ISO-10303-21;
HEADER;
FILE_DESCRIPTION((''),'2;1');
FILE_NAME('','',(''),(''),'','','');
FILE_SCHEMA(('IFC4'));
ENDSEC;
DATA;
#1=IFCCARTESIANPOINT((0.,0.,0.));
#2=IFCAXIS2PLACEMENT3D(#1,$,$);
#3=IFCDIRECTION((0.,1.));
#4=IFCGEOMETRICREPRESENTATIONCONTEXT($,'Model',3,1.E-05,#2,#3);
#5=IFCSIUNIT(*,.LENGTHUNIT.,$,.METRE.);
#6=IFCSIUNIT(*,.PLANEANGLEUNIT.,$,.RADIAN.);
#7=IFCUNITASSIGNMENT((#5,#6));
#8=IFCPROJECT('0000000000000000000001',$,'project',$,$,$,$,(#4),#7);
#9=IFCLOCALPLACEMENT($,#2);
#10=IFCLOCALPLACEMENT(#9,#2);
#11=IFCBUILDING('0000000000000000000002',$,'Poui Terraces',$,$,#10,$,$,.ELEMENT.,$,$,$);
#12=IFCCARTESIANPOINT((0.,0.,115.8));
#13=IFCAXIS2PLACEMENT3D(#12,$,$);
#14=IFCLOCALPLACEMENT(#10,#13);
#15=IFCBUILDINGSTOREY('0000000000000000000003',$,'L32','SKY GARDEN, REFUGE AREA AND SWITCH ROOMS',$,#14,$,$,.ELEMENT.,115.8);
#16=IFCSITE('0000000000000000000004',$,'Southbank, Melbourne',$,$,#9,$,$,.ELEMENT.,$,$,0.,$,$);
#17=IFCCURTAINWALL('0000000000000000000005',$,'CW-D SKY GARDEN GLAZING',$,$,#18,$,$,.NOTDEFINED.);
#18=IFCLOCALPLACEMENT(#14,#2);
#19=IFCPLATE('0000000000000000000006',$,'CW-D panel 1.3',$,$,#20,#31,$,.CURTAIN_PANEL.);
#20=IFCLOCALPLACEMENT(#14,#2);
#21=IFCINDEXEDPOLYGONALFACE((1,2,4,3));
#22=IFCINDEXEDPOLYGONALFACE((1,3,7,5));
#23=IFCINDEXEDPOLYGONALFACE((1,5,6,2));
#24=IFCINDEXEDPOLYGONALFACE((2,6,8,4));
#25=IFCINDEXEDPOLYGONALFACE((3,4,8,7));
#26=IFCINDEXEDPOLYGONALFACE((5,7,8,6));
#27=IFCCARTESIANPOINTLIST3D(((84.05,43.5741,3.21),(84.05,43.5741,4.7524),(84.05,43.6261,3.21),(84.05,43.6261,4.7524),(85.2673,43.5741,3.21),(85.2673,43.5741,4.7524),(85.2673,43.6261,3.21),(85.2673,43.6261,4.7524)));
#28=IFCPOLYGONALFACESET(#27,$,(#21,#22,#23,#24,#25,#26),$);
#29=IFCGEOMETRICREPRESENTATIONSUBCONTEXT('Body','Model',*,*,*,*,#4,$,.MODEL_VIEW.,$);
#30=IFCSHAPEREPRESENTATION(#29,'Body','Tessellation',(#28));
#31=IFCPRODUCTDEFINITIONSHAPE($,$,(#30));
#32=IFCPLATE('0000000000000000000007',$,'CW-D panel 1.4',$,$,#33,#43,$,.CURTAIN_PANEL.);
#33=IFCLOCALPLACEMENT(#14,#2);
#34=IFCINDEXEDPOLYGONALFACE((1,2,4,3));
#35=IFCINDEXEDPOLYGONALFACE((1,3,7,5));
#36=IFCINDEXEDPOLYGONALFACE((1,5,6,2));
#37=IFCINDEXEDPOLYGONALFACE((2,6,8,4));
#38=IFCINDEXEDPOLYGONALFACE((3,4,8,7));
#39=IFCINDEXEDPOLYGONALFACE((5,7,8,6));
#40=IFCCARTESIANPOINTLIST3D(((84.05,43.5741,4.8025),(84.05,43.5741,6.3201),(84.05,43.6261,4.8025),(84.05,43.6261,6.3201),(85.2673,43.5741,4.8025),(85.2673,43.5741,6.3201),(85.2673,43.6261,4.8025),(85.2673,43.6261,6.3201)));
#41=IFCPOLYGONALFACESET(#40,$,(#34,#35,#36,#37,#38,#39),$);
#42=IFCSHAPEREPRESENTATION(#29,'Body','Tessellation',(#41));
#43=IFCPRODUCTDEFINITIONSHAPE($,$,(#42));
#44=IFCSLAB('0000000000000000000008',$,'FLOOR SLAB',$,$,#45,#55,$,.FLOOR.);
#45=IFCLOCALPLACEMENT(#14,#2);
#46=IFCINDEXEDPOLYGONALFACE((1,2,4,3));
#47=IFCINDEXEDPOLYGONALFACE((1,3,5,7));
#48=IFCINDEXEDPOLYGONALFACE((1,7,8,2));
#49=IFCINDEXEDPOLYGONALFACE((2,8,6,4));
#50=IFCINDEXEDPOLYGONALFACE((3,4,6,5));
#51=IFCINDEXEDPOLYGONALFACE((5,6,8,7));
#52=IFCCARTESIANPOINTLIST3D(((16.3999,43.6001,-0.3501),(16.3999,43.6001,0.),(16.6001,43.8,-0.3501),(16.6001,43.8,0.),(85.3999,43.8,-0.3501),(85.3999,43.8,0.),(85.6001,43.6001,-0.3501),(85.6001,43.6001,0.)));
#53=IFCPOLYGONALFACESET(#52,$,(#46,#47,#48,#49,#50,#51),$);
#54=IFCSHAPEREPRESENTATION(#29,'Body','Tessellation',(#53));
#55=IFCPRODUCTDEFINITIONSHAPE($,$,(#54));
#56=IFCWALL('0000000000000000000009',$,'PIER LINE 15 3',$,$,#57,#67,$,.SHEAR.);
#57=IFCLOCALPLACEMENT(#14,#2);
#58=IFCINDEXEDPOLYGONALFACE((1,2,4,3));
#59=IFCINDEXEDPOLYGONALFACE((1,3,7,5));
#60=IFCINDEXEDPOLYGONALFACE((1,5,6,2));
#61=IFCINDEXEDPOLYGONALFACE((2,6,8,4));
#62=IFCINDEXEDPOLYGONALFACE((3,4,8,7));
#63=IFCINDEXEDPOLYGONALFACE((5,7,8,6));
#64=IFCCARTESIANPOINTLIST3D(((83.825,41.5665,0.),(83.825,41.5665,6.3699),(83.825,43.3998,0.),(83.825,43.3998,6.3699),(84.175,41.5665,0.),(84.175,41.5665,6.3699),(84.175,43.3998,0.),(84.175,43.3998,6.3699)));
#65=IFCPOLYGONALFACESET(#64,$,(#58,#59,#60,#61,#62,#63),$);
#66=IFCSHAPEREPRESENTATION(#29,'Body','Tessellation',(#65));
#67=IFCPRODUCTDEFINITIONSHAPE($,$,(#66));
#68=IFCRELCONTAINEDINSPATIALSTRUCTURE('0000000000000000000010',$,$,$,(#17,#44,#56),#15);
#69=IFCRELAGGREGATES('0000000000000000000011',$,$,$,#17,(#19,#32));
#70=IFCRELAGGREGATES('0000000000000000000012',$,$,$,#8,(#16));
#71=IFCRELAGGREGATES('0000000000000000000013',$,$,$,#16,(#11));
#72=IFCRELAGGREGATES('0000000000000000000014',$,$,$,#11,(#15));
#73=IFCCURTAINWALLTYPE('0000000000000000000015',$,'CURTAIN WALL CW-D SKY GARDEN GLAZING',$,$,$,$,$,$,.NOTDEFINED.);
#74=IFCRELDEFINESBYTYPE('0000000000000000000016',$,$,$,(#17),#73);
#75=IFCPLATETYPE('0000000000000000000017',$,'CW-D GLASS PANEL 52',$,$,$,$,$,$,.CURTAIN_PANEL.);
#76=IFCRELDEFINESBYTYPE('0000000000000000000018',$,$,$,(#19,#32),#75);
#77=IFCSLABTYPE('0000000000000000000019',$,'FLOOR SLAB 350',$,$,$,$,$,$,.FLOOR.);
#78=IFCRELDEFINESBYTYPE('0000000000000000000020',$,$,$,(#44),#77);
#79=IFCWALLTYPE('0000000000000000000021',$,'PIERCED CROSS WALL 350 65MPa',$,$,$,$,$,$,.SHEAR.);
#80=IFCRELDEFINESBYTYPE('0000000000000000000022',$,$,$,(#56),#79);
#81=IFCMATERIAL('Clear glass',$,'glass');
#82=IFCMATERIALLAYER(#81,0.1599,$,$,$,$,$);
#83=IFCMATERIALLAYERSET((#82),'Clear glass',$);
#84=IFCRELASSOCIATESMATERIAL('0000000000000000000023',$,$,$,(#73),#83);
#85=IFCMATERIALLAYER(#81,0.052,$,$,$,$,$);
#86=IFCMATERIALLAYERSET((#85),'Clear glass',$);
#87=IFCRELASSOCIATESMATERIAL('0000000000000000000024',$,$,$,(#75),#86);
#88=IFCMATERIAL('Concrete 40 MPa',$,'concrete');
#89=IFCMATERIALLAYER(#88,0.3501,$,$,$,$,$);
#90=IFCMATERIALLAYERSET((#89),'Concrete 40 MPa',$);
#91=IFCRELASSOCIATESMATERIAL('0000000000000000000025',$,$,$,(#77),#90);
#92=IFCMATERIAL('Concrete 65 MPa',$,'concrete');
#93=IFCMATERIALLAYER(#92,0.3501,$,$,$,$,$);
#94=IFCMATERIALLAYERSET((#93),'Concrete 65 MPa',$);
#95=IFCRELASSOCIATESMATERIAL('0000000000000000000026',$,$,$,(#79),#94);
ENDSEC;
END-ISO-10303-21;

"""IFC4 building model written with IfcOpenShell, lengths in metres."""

from ifc_helpers import new_model, si_unit, direction, frame, frame_2d, origin, origin_2d, place, context, subcontext, project, spatial, polyline, rectangle, outline, extrude, source, transform, mapped, material, layer, layer_set, type_object, element, aggregate, save


model = new_model("IFC4")

# Units and contexts
model_context = context("Model", 3, precision=1e-05, world=origin(), true_north=direction((0.0, 1.0)))
body_context = subcontext(model_context, "Body", "Model", "MODEL_VIEW")
ifc_project = project(units=[si_unit("LENGTHUNIT", "METRE"), si_unit("PLANEANGLEUNIT", "RADIAN")], contexts=[model_context])

# Site, building, storey
site_placement = place(None, origin())
site = spatial("IfcSite", under=ifc_project, at=site_placement, Name="Southbank, Melbourne", CompositionType="ELEMENT", RefElevation=0.0)
building_placement = place(site_placement, origin())
building = spatial("IfcBuilding", under=site, at=building_placement, Name="Poui Terraces", CompositionType="ELEMENT")
storey_placement = place(building_placement, frame((0.0, 0.0, 115.8)))
storey = spatial("IfcBuildingStorey", under=building, at=storey_placement, Name="L32", Description="SKY GARDEN, REFUGE AREA AND SWITCH ROOMS", CompositionType="ELEMENT", Elevation=115.8)

# Curtain wall
ifc_material_1 = material(Name="Clear glass", Category="glass")
ifc_layer_1 = layer(ifc_material_1, 0.1599)
ifc_layer_set_1 = layer_set([ifc_layer_1], Name="Clear glass")
curtain_wall_type = type_object("IfcCurtainWallType", Name="CURTAIN WALL CW-D SKY GARDEN GLAZING", PredefinedType="NOTDEFINED", material=ifc_layer_set_1)
curtain_wall_1_placement = place(storey_placement, origin())
curtain_wall_1 = element("IfcCurtainWall", 1, at=curtain_wall_1_placement, inside=storey, type_object=curtain_wall_type, Name="CW-D SKY GARDEN GLAZING", PredefinedType="NOTDEFINED")

# Plates
ifc_layer_2 = layer(ifc_material_1, 0.052)
ifc_layer_set_2 = layer_set([ifc_layer_2], Name="Clear glass")
plate_type = type_object("IfcPlateType", Name="CW-D GLASS PANEL 52", PredefinedType="CURTAIN_PANEL", material=ifc_layer_set_2)
plate_1_placement = place(storey_placement, frame((84.6587, 43.6001, 3.21), z_axis=(0.0, 0.0, 1.0), x_axis=(-1.0, 0.0, 0.0)))
plate_1 = element("IfcPlate", 2, at=plate_1_placement, type_object=plate_type, Name="CW-D panel 1.3", PredefinedType="CURTAIN_PANEL", context=body_context, shape_type="SweptSolid", body=[
    extrude(rectangle(XDim=1.2173, YDim=0.052, at=origin_2d()), origin(), (0.0, 0.0, 1.0), 1.5425),
])
plate_2_placement = place(storey_placement, frame((84.6587, 43.6001, 4.8025), z_axis=(0.0, 0.0, 1.0), x_axis=(-1.0, 0.0, 0.0)))
plate_2 = element("IfcPlate", 3, at=plate_2_placement, type_object=plate_type, Name="CW-D panel 1.4", PredefinedType="CURTAIN_PANEL", context=body_context, shape_type="SweptSolid", body=[
    extrude(rectangle(XDim=1.2173, YDim=0.052, at=origin_2d()), origin(), (0.0, 0.0, 1.0), 1.5176),
])
aggregate(curtain_wall_1, [plate_1, plate_2])

# Slab
ifc_material_2 = material(Name="Concrete 40 MPa", Category="concrete")
ifc_layer_3 = layer(ifc_material_2, 0.3501)
ifc_layer_set_3 = layer_set([ifc_layer_3], Name="Concrete 40 MPa")
slab_type = type_object("IfcSlabType", Name="FLOOR SLAB 350", PredefinedType="FLOOR", material=ifc_layer_set_3)
shared_shape = source(origin(), body_context, "Body", "SweptSolid", [
    extrude(outline(polyline([(0.0, 0.0), (-68.7998, 0.0), (-69.0, -0.2), (0.2002, -0.2), (0.0, 0.0)])), origin(), (0.0, 0.0, 1.0), 0.3501),
])
slab_placement = place(storey_placement, frame((85.3999, 43.8, -0.3501)))
element("IfcSlab", 4, at=slab_placement, inside=storey, type_object=slab_type, Name="FLOOR SLAB", PredefinedType="FLOOR", context=body_context, shape_type="MappedRepresentation", body=[
    mapped(shared_shape, transform((0.0, 0.0, 0.0))),
])

# Wall
ifc_material_3 = material(Name="Concrete 65 MPa", Category="concrete")
ifc_layer_4 = layer(ifc_material_3, 0.3501)
ifc_layer_set_4 = layer_set([ifc_layer_4], Name="Concrete 65 MPa")
wall_type = type_object("IfcWallType", Name="PIERCED CROSS WALL 350 65MPa", PredefinedType="SHEAR", material=ifc_layer_set_4)
wall_placement = place(storey_placement, frame((84.0, 41.5667, 0.0), z_axis=(0.0, 0.0, 1.0), x_axis=(0.0, 1.0, 0.0)))
element("IfcWall", 5, at=wall_placement, inside=storey, type_object=wall_type, Name="PIER LINE 15 3", PredefinedType="SHEAR", context=body_context, shape_type="SweptSolid", body=[
    extrude(rectangle(XDim=1.8333, YDim=0.3501, at=frame_2d((0.9165, 0.0))), origin(), (0.0, 0.0, 1.0), 6.3699),
])

save(model, "model.ifc")
